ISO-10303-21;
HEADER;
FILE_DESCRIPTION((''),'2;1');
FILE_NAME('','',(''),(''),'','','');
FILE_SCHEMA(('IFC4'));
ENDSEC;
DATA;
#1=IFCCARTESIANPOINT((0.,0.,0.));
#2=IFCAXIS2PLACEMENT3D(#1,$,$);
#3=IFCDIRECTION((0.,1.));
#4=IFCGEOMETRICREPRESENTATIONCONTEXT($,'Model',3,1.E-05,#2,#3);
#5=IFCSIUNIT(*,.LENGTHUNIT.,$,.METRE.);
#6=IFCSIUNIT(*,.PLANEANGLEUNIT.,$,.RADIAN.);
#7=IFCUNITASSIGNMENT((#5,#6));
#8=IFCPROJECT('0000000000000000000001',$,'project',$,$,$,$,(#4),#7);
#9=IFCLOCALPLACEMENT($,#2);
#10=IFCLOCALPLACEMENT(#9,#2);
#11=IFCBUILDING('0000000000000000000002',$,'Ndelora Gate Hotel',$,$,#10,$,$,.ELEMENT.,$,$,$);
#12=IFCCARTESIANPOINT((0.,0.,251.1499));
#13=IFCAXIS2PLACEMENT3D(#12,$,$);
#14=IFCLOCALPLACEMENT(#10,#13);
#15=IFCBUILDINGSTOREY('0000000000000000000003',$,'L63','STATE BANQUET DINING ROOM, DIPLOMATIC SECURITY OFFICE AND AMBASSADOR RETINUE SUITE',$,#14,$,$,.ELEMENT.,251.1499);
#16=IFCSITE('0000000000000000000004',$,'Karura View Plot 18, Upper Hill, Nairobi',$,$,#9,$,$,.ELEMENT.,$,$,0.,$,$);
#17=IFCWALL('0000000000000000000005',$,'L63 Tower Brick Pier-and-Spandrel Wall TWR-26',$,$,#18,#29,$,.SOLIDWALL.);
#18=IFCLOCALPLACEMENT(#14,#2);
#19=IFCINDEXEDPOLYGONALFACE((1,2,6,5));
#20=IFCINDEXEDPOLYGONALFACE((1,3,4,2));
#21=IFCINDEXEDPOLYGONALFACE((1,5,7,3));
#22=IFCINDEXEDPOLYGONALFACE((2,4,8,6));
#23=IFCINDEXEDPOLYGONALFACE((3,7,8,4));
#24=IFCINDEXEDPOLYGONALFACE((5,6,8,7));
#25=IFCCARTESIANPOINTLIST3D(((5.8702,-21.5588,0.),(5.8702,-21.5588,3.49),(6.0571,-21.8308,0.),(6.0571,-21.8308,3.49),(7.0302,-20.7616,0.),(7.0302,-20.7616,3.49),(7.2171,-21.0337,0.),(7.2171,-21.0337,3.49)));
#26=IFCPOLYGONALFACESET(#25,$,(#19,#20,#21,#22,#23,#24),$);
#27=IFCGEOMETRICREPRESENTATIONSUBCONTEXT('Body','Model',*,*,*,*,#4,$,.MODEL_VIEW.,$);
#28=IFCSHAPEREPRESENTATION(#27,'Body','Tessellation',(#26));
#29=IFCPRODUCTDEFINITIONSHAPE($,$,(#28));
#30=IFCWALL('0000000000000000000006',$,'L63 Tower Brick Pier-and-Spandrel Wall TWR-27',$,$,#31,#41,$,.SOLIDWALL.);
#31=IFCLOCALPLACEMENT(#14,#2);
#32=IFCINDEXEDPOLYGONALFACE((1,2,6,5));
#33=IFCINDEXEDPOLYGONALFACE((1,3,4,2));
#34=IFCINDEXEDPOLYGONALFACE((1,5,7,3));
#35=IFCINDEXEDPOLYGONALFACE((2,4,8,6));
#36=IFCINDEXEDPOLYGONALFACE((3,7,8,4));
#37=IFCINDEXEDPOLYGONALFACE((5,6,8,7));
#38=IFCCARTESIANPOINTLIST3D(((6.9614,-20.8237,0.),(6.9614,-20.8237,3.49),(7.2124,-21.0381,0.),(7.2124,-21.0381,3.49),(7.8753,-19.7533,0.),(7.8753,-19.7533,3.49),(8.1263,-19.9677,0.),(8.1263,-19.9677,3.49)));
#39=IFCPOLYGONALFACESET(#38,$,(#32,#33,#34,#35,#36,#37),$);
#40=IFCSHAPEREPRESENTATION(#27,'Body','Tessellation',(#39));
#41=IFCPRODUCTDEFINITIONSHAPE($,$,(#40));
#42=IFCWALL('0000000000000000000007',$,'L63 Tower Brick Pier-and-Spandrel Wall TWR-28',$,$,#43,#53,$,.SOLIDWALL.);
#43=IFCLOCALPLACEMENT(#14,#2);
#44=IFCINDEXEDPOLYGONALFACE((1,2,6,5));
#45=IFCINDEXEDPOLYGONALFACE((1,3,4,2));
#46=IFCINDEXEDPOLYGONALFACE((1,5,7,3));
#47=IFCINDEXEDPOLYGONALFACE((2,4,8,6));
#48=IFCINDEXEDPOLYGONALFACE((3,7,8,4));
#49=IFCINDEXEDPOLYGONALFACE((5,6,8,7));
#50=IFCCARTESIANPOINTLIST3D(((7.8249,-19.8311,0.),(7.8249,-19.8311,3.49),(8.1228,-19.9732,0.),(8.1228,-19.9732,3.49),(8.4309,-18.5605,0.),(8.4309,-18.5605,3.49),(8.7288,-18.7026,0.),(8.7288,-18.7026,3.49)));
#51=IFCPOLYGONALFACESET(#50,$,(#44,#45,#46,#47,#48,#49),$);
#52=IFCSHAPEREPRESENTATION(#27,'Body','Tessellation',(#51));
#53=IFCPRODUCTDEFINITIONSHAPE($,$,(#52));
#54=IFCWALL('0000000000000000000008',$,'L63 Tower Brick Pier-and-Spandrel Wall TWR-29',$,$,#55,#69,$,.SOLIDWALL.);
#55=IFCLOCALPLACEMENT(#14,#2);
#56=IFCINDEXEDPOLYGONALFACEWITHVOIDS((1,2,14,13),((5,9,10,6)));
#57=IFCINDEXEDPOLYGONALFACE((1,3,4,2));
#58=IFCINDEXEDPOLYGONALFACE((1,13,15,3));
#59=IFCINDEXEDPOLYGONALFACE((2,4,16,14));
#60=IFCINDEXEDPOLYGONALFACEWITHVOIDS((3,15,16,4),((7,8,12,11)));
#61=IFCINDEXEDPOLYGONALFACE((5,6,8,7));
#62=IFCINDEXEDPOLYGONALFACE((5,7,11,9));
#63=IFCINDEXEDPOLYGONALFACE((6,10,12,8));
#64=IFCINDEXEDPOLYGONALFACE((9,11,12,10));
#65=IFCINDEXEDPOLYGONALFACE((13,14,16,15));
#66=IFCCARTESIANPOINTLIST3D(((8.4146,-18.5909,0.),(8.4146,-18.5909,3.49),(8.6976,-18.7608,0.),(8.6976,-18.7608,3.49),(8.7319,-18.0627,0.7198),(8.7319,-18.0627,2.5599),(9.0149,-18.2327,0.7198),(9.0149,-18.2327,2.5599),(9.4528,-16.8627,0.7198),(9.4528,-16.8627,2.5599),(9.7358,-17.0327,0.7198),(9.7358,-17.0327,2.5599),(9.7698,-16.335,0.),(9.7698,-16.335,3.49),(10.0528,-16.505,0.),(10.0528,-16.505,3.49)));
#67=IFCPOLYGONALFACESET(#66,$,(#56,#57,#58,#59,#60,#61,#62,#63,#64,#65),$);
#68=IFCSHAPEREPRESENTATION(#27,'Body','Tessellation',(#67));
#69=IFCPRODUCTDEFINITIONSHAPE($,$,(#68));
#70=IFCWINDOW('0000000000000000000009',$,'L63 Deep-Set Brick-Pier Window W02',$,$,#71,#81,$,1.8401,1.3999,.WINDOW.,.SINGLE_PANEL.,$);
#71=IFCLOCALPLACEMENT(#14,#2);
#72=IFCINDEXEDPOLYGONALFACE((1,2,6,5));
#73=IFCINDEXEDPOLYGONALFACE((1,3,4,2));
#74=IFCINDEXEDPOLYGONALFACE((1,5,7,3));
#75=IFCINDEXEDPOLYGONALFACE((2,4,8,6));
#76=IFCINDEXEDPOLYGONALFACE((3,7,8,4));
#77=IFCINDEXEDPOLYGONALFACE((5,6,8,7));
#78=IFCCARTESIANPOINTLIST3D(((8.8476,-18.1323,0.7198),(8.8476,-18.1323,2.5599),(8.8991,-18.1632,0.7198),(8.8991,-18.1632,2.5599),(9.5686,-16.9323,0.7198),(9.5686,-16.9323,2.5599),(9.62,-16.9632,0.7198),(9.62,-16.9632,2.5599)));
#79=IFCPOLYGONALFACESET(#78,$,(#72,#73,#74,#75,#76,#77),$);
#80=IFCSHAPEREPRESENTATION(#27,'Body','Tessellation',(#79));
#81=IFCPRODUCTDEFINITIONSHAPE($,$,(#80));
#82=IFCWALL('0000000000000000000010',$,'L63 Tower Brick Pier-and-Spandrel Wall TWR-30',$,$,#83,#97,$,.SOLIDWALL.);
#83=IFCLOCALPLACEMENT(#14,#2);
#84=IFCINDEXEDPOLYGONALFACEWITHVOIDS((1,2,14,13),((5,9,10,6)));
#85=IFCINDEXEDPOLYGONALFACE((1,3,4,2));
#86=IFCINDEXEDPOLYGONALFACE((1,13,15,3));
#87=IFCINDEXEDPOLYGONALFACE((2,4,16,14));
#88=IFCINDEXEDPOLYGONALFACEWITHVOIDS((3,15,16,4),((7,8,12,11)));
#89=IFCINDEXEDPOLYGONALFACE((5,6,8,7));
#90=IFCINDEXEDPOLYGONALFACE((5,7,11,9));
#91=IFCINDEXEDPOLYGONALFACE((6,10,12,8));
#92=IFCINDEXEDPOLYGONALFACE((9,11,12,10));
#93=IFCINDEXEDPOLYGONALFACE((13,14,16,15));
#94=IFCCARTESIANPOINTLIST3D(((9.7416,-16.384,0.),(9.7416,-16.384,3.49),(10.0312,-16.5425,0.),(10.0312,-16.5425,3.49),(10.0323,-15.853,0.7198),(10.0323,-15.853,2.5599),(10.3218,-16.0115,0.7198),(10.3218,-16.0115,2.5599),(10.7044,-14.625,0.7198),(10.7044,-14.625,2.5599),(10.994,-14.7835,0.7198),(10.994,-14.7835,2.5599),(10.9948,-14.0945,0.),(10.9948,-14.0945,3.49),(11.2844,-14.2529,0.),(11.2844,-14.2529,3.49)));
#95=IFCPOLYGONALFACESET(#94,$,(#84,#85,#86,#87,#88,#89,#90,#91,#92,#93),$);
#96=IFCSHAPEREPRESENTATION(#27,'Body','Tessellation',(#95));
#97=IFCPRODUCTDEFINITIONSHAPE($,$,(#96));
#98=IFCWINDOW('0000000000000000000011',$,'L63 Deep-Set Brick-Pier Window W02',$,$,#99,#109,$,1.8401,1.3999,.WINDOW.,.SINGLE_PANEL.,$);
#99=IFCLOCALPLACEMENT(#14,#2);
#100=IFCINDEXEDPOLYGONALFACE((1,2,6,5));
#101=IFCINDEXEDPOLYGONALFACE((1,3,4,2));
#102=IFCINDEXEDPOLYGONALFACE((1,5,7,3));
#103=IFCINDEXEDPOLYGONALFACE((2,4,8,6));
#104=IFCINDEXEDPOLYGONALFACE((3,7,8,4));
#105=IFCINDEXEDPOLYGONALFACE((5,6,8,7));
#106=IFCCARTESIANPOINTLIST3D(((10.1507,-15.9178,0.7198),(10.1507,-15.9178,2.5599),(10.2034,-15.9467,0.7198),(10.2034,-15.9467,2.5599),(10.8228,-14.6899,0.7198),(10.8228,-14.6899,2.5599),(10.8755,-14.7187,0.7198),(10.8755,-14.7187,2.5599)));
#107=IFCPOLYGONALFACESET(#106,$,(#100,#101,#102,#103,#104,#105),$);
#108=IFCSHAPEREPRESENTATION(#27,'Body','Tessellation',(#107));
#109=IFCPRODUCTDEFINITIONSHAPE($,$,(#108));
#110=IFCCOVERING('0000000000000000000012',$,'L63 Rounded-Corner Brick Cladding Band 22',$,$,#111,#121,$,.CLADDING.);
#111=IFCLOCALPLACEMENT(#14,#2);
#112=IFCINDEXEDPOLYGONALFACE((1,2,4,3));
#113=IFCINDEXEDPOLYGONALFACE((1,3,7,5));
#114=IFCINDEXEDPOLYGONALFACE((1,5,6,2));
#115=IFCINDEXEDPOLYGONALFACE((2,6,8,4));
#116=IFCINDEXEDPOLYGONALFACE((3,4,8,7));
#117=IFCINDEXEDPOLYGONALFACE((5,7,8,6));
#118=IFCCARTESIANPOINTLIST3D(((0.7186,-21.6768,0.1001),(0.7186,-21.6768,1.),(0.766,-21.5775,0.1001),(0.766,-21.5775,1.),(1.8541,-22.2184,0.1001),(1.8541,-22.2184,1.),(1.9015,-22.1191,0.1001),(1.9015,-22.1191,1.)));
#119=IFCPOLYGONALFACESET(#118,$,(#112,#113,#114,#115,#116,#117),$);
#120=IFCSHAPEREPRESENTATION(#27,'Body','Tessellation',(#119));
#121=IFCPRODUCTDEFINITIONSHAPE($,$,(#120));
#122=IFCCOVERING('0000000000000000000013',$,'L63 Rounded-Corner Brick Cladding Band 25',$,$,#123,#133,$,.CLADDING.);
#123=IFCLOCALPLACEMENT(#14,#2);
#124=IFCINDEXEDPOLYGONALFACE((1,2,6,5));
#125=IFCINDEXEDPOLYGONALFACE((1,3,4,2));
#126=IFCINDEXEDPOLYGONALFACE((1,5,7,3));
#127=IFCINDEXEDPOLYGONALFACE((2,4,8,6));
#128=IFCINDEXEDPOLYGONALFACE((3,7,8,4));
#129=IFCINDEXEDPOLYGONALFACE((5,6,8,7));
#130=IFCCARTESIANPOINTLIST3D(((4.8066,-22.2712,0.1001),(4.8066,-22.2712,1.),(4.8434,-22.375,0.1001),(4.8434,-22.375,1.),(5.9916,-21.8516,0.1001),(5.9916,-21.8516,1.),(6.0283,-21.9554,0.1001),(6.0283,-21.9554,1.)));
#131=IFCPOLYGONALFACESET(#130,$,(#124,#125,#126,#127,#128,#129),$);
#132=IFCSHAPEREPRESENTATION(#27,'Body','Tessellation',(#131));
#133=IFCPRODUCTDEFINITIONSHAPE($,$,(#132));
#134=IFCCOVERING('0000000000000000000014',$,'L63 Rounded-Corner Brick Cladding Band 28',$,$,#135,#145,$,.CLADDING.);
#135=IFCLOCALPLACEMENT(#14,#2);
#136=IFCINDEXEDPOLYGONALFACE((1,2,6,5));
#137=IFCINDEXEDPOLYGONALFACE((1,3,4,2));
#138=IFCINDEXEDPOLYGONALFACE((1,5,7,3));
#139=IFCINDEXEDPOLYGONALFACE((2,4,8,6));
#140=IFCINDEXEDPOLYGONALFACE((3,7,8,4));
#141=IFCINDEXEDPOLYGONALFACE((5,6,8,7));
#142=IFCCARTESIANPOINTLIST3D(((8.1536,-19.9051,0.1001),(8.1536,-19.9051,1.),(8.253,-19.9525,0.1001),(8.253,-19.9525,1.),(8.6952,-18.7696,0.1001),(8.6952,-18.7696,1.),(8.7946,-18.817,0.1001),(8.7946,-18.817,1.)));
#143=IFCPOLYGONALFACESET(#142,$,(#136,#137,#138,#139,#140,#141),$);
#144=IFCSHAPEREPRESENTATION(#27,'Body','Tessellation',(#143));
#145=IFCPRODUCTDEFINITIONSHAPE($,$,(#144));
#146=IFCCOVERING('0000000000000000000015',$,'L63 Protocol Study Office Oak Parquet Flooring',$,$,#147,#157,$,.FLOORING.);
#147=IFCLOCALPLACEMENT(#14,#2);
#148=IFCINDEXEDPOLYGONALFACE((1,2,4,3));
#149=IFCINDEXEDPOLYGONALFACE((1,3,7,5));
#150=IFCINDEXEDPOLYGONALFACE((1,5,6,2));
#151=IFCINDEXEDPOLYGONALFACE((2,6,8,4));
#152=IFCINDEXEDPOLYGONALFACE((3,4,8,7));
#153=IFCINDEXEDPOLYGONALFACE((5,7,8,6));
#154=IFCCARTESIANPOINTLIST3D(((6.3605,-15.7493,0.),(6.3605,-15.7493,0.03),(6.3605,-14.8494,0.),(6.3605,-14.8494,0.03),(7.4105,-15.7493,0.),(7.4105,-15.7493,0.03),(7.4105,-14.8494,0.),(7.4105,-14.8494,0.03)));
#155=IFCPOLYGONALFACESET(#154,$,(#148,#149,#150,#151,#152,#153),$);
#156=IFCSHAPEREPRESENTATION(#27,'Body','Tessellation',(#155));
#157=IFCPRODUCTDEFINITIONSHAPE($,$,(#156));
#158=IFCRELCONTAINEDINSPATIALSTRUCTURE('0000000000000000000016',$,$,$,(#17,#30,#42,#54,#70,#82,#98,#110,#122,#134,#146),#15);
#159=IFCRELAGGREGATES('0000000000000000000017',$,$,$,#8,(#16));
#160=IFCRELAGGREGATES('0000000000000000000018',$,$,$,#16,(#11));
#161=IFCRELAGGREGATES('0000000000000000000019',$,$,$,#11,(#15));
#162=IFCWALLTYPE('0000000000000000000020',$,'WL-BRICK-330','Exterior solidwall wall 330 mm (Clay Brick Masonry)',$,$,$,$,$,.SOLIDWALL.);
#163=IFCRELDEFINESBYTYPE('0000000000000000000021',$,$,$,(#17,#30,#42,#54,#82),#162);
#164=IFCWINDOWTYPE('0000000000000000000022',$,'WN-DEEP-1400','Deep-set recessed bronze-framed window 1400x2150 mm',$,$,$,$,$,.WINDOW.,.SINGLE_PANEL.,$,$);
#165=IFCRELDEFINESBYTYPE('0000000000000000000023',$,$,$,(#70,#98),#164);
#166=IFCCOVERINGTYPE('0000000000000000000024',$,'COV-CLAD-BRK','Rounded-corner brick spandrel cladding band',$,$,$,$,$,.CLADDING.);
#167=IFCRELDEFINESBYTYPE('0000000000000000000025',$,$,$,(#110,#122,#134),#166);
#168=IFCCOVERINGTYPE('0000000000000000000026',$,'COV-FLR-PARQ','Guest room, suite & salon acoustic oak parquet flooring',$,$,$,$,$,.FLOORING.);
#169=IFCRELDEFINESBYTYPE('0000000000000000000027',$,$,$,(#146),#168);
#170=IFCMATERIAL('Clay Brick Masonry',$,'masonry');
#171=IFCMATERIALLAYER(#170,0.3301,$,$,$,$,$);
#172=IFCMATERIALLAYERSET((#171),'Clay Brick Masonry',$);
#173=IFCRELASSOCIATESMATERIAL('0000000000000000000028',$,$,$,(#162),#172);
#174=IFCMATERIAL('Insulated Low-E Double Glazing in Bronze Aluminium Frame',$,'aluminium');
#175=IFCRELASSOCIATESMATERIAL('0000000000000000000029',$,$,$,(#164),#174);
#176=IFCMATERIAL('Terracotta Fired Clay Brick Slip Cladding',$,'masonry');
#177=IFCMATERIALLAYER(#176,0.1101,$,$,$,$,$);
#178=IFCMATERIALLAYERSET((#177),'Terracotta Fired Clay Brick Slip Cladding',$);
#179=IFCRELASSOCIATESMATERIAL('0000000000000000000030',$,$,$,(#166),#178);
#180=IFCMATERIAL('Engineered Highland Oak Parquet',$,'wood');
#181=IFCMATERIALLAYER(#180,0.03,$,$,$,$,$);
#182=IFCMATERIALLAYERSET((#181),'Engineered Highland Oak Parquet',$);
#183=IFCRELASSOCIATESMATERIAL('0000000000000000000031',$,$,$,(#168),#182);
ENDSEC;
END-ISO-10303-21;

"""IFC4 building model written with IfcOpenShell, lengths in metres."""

from ifc_helpers import new_model, si_unit, direction, frame, frame_2d, origin, origin_2d, place, context, subcontext, project, spatial, rectangle, extrude, material, layer, layer_set, type_object, element, fill, save


model = new_model("IFC4")

# Units and contexts
model_context = context("Model", 3, precision=1e-05, world=origin(), true_north=direction((0.0, 1.0)))
body_context = subcontext(model_context, "Body", "Model", "MODEL_VIEW")
ifc_project = project(units=[si_unit("LENGTHUNIT", "METRE"), si_unit("PLANEANGLEUNIT", "RADIAN")], contexts=[model_context])

# Site, building, storey
site_placement = place(None, origin())
site = spatial("IfcSite", under=ifc_project, at=site_placement, Name="Karura View Plot 18, Upper Hill, Nairobi", CompositionType="ELEMENT", RefElevation=0.0)
building_placement = place(site_placement, origin())
building = spatial("IfcBuilding", under=site, at=building_placement, Name="Ndelora Gate Hotel", CompositionType="ELEMENT")
storey_placement = place(building_placement, frame((0.0, 0.0, 251.1499)))
storey = spatial("IfcBuildingStorey", under=building, at=storey_placement, Name="L63", Description="STATE BANQUET DINING ROOM, DIPLOMATIC SECURITY OFFICE AND AMBASSADOR RETINUE SUITE", CompositionType="ELEMENT", Elevation=251.1499)

# Walls
ifc_material_1 = material(Name="Clay Brick Masonry", Category="masonry")
ifc_layer_1 = layer(ifc_material_1, 0.3301)
ifc_layer_set_1 = layer_set([ifc_layer_1], Name="Clay Brick Masonry")
wall_type = type_object("IfcWallType", Name="WL-BRICK-330", Description="Exterior solidwall wall 330 mm (Clay Brick Masonry)", PredefinedType="SOLIDWALL", material=ifc_layer_set_1)
for number, where, z_axis, x_axis, name in (
    (1, (7.1235, -20.8977, 0.0), (0.0, 0.0, 1.0), (-0.824148, -0.566374, 0.0), "L63 Tower Brick Pier-and-Spandrel Wall TWR-26"),
    (2, (8.0007, -19.8606, 0.0), (0.0, 0.0, 1.0), (-0.649319, -0.760516, 0.0), "L63 Tower Brick Pier-and-Spandrel Wall TWR-27"),
):
    element("IfcWall", number, at=place(storey_placement, frame(where, z_axis=z_axis, x_axis=x_axis)), inside=storey, type_object=wall_type, Name=name, PredefinedType="SOLIDWALL", context=body_context, shape_type="SweptSolid", body=[
        extrude(rectangle(XDim=1.4075, YDim=0.3301, at=frame_2d((0.7036, 0.0))), origin(), (0.0, 0.0, 1.0), 3.49),
    ])
wall_1_placement = place(storey_placement, frame((8.5798, -18.6316, 0.0), z_axis=(0.0, 0.0, 1.0), x_axis=(-0.430486, -0.902597, 0.0)))
element("IfcWall", 3, at=wall_1_placement, inside=storey, type_object=wall_type, Name="L63 Tower Brick Pier-and-Spandrel Wall TWR-28", PredefinedType="SOLIDWALL", context=body_context, shape_type="SweptSolid", body=[
    extrude(rectangle(XDim=1.4077, YDim=0.3301, at=frame_2d((0.7039, 0.0))), origin(), (0.0, 0.0, 1.0), 3.49),
])

# Walls, openings, windows
wall_2_placement = place(storey_placement, frame((9.9114, -16.4199, 0.0), z_axis=(0.0, 0.0, 1.0), x_axis=(-0.514973, -0.857206, 0.0)))
wall_2 = element("IfcWall", 4, at=wall_2_placement, inside=storey, type_object=wall_type, Name="L63 Tower Brick Pier-and-Spandrel Wall TWR-29", PredefinedType="SOLIDWALL", context=body_context, shape_type="SweptSolid", body=[
    extrude(rectangle(XDim=2.6316, YDim=0.3301, at=frame_2d((1.3159, 0.0))), origin(), (0.0, 0.0, 1.0), 3.49),
])
opening_1_placement = place(wall_2_placement, frame((0.6157, 0.0, 0.72)))
opening_1 = element("IfcOpeningElement", 5, at=opening_1_placement, cuts=wall_2, PredefinedType="OPENING", context=body_context, shape_type="SweptSolid", body=[
    extrude(rectangle(XDim=1.3999, YDim=1.8401, at=frame_2d((0.7, 0.9199))), frame((0.0, 0.175, 0.0), z_axis=(0.0, -1.0, 0.0), x_axis=(1.0, 0.0, 0.0)), (0.0, 0.0, 1.0), 0.3501),
])
ifc_material_2 = material(Name="Insulated Low-E Double Glazing in Bronze Aluminium Frame", Category="aluminium")
window_type = type_object("IfcWindowType", Name="WN-DEEP-1400", Description="Deep-set recessed bronze-framed window 1400x2150 mm", PartitioningType="SINGLE_PANEL", PredefinedType="WINDOW", material=ifc_material_2)
window_1_placement = place(opening_1_placement, origin())
window_1 = element("IfcWindow", 6, at=window_1_placement, inside=storey, type_object=window_type, Name="L63 Deep-Set Brick-Pier Window W02", OverallHeight=1.8401, OverallWidth=1.3999, PartitioningType="SINGLE_PANEL", PredefinedType="WINDOW", context=body_context, shape_type="SweptSolid", body=[
    extrude(rectangle(XDim=1.3999, YDim=1.8401, at=frame_2d((0.7, 0.9199))), frame((0.0, 0.03, 0.0), z_axis=(0.0, -1.0, 0.0), x_axis=(1.0, 0.0, 0.0)), (0.0, 0.0, 1.0), 0.0601),
])
fill(opening_1, window_1)
wall_3_placement = place(storey_placement, frame((11.1396, -14.1736, 0.0), z_axis=(0.0, 0.0, 1.0), x_axis=(-0.48013, -0.877198, 0.0)))
wall_3 = element("IfcWall", 7, at=wall_3_placement, inside=storey, type_object=wall_type, Name="L63 Tower Brick Pier-and-Spandrel Wall TWR-30", PredefinedType="SOLIDWALL", context=body_context, shape_type="SweptSolid", body=[
    extrude(rectangle(XDim=2.6101, YDim=0.3301, at=frame_2d((1.3052, 0.0))), origin(), (0.0, 0.0, 1.0), 3.49),
])
opening_2_placement = place(wall_3_placement, frame((0.605, 0.0, 0.72)))
opening_2 = element("IfcOpeningElement", 8, at=opening_2_placement, cuts=wall_3, PredefinedType="OPENING", context=body_context, shape_type="SweptSolid", body=[
    extrude(rectangle(XDim=1.3999, YDim=1.8401, at=frame_2d((0.7, 0.9199))), frame((0.0, 0.175, 0.0), z_axis=(0.0, -1.0, 0.0), x_axis=(1.0, 0.0, 0.0)), (0.0, 0.0, 1.0), 0.3501),
])
window_2_placement = place(opening_2_placement, origin())
window_2 = element("IfcWindow", 9, at=window_2_placement, inside=storey, type_object=window_type, Name="L63 Deep-Set Brick-Pier Window W02", OverallHeight=1.8401, OverallWidth=1.3999, PartitioningType="SINGLE_PANEL", PredefinedType="WINDOW", context=body_context, shape_type="SweptSolid", body=[
    extrude(rectangle(XDim=1.3999, YDim=1.8401, at=frame_2d((0.7, 0.9199))), frame((0.0, 0.03, 0.0), z_axis=(0.0, -1.0, 0.0), x_axis=(1.0, 0.0, 0.0)), (0.0, 0.0, 1.0), 0.0601),
])
fill(opening_2, window_2)

# Coverings
ifc_material_3 = material(Name="Terracotta Fired Clay Brick Slip Cladding", Category="masonry")
ifc_layer_2 = layer(ifc_material_3, 0.1101)
ifc_layer_set_2 = layer_set([ifc_layer_2], Name="Terracotta Fired Clay Brick Slip Cladding")
covering_type_1 = type_object("IfcCoveringType", Name="COV-CLAD-BRK", Description="Rounded-corner brick spandrel cladding band", PredefinedType="CLADDING", material=ifc_layer_set_2)
covering_1_placement = place(storey_placement, frame((1.3101, -21.8979, 0.1001), z_axis=(0.0, 0.0, 1.0), x_axis=(-0.902585, 0.430511, 0.0)))
element("IfcCovering", 10, at=covering_1_placement, inside=storey, type_object=covering_type_1, Name="L63 Rounded-Corner Brick Cladding Band 22", PredefinedType="CLADDING", context=body_context, shape_type="SweptSolid", body=[
    extrude(rectangle(XDim=1.2581, YDim=0.1101, at=origin_2d()), origin(), (0.0, 0.0, 1.0), 0.8999),
])
covering_2_placement = place(storey_placement, frame((5.4175, -22.1133, 0.1001), z_axis=(0.0, 0.0, 1.0), x_axis=(0.942641, 0.333807, 0.0)))
element("IfcCovering", 11, at=covering_2_placement, inside=storey, type_object=covering_type_1, Name="L63 Rounded-Corner Brick Cladding Band 25", PredefinedType="CLADDING", context=body_context, shape_type="SweptSolid", body=[
    extrude(rectangle(XDim=1.2571, YDim=0.1101, at=origin_2d()), origin(), (0.0, 0.0, 1.0), 0.8999),
])
covering_3_placement = place(storey_placement, frame((8.4741, -19.3611, 0.1001), z_axis=(0.0, 0.0, 1.0), x_axis=(0.430511, 0.902585, 0.0)))
element("IfcCovering", 12, at=covering_3_placement, inside=storey, type_object=covering_type_1, Name="L63 Rounded-Corner Brick Cladding Band 28", PredefinedType="CLADDING", context=body_context, shape_type="SweptSolid", body=[
    extrude(rectangle(XDim=1.2581, YDim=0.1101, at=origin_2d()), origin(), (0.0, 0.0, 1.0), 0.8999),
])
ifc_material_4 = material(Name="Engineered Highland Oak Parquet", Category="wood")
ifc_layer_3 = layer(ifc_material_4, 0.03)
ifc_layer_set_3 = layer_set([ifc_layer_3], Name="Engineered Highland Oak Parquet")
covering_type_2 = type_object("IfcCoveringType", Name="COV-FLR-PARQ", Description="Guest room, suite & salon acoustic oak parquet flooring", PredefinedType="FLOORING", material=ifc_layer_set_3)
covering_4_placement = place(storey_placement, frame((6.8855, -15.2993, 0.0), z_axis=(0.0, 0.0, 1.0), x_axis=(1.0, 0.0, 0.0)))
element("IfcCovering", 13, at=covering_4_placement, inside=storey, type_object=covering_type_2, Name="L63 Protocol Study Office Oak Parquet Flooring", PredefinedType="FLOORING", context=body_context, shape_type="SweptSolid", body=[
    extrude(rectangle(XDim=1.05, YDim=0.8999, at=origin_2d()), origin(), (0.0, 0.0, 1.0), 0.03),
])

save(model, "model.ifc")
